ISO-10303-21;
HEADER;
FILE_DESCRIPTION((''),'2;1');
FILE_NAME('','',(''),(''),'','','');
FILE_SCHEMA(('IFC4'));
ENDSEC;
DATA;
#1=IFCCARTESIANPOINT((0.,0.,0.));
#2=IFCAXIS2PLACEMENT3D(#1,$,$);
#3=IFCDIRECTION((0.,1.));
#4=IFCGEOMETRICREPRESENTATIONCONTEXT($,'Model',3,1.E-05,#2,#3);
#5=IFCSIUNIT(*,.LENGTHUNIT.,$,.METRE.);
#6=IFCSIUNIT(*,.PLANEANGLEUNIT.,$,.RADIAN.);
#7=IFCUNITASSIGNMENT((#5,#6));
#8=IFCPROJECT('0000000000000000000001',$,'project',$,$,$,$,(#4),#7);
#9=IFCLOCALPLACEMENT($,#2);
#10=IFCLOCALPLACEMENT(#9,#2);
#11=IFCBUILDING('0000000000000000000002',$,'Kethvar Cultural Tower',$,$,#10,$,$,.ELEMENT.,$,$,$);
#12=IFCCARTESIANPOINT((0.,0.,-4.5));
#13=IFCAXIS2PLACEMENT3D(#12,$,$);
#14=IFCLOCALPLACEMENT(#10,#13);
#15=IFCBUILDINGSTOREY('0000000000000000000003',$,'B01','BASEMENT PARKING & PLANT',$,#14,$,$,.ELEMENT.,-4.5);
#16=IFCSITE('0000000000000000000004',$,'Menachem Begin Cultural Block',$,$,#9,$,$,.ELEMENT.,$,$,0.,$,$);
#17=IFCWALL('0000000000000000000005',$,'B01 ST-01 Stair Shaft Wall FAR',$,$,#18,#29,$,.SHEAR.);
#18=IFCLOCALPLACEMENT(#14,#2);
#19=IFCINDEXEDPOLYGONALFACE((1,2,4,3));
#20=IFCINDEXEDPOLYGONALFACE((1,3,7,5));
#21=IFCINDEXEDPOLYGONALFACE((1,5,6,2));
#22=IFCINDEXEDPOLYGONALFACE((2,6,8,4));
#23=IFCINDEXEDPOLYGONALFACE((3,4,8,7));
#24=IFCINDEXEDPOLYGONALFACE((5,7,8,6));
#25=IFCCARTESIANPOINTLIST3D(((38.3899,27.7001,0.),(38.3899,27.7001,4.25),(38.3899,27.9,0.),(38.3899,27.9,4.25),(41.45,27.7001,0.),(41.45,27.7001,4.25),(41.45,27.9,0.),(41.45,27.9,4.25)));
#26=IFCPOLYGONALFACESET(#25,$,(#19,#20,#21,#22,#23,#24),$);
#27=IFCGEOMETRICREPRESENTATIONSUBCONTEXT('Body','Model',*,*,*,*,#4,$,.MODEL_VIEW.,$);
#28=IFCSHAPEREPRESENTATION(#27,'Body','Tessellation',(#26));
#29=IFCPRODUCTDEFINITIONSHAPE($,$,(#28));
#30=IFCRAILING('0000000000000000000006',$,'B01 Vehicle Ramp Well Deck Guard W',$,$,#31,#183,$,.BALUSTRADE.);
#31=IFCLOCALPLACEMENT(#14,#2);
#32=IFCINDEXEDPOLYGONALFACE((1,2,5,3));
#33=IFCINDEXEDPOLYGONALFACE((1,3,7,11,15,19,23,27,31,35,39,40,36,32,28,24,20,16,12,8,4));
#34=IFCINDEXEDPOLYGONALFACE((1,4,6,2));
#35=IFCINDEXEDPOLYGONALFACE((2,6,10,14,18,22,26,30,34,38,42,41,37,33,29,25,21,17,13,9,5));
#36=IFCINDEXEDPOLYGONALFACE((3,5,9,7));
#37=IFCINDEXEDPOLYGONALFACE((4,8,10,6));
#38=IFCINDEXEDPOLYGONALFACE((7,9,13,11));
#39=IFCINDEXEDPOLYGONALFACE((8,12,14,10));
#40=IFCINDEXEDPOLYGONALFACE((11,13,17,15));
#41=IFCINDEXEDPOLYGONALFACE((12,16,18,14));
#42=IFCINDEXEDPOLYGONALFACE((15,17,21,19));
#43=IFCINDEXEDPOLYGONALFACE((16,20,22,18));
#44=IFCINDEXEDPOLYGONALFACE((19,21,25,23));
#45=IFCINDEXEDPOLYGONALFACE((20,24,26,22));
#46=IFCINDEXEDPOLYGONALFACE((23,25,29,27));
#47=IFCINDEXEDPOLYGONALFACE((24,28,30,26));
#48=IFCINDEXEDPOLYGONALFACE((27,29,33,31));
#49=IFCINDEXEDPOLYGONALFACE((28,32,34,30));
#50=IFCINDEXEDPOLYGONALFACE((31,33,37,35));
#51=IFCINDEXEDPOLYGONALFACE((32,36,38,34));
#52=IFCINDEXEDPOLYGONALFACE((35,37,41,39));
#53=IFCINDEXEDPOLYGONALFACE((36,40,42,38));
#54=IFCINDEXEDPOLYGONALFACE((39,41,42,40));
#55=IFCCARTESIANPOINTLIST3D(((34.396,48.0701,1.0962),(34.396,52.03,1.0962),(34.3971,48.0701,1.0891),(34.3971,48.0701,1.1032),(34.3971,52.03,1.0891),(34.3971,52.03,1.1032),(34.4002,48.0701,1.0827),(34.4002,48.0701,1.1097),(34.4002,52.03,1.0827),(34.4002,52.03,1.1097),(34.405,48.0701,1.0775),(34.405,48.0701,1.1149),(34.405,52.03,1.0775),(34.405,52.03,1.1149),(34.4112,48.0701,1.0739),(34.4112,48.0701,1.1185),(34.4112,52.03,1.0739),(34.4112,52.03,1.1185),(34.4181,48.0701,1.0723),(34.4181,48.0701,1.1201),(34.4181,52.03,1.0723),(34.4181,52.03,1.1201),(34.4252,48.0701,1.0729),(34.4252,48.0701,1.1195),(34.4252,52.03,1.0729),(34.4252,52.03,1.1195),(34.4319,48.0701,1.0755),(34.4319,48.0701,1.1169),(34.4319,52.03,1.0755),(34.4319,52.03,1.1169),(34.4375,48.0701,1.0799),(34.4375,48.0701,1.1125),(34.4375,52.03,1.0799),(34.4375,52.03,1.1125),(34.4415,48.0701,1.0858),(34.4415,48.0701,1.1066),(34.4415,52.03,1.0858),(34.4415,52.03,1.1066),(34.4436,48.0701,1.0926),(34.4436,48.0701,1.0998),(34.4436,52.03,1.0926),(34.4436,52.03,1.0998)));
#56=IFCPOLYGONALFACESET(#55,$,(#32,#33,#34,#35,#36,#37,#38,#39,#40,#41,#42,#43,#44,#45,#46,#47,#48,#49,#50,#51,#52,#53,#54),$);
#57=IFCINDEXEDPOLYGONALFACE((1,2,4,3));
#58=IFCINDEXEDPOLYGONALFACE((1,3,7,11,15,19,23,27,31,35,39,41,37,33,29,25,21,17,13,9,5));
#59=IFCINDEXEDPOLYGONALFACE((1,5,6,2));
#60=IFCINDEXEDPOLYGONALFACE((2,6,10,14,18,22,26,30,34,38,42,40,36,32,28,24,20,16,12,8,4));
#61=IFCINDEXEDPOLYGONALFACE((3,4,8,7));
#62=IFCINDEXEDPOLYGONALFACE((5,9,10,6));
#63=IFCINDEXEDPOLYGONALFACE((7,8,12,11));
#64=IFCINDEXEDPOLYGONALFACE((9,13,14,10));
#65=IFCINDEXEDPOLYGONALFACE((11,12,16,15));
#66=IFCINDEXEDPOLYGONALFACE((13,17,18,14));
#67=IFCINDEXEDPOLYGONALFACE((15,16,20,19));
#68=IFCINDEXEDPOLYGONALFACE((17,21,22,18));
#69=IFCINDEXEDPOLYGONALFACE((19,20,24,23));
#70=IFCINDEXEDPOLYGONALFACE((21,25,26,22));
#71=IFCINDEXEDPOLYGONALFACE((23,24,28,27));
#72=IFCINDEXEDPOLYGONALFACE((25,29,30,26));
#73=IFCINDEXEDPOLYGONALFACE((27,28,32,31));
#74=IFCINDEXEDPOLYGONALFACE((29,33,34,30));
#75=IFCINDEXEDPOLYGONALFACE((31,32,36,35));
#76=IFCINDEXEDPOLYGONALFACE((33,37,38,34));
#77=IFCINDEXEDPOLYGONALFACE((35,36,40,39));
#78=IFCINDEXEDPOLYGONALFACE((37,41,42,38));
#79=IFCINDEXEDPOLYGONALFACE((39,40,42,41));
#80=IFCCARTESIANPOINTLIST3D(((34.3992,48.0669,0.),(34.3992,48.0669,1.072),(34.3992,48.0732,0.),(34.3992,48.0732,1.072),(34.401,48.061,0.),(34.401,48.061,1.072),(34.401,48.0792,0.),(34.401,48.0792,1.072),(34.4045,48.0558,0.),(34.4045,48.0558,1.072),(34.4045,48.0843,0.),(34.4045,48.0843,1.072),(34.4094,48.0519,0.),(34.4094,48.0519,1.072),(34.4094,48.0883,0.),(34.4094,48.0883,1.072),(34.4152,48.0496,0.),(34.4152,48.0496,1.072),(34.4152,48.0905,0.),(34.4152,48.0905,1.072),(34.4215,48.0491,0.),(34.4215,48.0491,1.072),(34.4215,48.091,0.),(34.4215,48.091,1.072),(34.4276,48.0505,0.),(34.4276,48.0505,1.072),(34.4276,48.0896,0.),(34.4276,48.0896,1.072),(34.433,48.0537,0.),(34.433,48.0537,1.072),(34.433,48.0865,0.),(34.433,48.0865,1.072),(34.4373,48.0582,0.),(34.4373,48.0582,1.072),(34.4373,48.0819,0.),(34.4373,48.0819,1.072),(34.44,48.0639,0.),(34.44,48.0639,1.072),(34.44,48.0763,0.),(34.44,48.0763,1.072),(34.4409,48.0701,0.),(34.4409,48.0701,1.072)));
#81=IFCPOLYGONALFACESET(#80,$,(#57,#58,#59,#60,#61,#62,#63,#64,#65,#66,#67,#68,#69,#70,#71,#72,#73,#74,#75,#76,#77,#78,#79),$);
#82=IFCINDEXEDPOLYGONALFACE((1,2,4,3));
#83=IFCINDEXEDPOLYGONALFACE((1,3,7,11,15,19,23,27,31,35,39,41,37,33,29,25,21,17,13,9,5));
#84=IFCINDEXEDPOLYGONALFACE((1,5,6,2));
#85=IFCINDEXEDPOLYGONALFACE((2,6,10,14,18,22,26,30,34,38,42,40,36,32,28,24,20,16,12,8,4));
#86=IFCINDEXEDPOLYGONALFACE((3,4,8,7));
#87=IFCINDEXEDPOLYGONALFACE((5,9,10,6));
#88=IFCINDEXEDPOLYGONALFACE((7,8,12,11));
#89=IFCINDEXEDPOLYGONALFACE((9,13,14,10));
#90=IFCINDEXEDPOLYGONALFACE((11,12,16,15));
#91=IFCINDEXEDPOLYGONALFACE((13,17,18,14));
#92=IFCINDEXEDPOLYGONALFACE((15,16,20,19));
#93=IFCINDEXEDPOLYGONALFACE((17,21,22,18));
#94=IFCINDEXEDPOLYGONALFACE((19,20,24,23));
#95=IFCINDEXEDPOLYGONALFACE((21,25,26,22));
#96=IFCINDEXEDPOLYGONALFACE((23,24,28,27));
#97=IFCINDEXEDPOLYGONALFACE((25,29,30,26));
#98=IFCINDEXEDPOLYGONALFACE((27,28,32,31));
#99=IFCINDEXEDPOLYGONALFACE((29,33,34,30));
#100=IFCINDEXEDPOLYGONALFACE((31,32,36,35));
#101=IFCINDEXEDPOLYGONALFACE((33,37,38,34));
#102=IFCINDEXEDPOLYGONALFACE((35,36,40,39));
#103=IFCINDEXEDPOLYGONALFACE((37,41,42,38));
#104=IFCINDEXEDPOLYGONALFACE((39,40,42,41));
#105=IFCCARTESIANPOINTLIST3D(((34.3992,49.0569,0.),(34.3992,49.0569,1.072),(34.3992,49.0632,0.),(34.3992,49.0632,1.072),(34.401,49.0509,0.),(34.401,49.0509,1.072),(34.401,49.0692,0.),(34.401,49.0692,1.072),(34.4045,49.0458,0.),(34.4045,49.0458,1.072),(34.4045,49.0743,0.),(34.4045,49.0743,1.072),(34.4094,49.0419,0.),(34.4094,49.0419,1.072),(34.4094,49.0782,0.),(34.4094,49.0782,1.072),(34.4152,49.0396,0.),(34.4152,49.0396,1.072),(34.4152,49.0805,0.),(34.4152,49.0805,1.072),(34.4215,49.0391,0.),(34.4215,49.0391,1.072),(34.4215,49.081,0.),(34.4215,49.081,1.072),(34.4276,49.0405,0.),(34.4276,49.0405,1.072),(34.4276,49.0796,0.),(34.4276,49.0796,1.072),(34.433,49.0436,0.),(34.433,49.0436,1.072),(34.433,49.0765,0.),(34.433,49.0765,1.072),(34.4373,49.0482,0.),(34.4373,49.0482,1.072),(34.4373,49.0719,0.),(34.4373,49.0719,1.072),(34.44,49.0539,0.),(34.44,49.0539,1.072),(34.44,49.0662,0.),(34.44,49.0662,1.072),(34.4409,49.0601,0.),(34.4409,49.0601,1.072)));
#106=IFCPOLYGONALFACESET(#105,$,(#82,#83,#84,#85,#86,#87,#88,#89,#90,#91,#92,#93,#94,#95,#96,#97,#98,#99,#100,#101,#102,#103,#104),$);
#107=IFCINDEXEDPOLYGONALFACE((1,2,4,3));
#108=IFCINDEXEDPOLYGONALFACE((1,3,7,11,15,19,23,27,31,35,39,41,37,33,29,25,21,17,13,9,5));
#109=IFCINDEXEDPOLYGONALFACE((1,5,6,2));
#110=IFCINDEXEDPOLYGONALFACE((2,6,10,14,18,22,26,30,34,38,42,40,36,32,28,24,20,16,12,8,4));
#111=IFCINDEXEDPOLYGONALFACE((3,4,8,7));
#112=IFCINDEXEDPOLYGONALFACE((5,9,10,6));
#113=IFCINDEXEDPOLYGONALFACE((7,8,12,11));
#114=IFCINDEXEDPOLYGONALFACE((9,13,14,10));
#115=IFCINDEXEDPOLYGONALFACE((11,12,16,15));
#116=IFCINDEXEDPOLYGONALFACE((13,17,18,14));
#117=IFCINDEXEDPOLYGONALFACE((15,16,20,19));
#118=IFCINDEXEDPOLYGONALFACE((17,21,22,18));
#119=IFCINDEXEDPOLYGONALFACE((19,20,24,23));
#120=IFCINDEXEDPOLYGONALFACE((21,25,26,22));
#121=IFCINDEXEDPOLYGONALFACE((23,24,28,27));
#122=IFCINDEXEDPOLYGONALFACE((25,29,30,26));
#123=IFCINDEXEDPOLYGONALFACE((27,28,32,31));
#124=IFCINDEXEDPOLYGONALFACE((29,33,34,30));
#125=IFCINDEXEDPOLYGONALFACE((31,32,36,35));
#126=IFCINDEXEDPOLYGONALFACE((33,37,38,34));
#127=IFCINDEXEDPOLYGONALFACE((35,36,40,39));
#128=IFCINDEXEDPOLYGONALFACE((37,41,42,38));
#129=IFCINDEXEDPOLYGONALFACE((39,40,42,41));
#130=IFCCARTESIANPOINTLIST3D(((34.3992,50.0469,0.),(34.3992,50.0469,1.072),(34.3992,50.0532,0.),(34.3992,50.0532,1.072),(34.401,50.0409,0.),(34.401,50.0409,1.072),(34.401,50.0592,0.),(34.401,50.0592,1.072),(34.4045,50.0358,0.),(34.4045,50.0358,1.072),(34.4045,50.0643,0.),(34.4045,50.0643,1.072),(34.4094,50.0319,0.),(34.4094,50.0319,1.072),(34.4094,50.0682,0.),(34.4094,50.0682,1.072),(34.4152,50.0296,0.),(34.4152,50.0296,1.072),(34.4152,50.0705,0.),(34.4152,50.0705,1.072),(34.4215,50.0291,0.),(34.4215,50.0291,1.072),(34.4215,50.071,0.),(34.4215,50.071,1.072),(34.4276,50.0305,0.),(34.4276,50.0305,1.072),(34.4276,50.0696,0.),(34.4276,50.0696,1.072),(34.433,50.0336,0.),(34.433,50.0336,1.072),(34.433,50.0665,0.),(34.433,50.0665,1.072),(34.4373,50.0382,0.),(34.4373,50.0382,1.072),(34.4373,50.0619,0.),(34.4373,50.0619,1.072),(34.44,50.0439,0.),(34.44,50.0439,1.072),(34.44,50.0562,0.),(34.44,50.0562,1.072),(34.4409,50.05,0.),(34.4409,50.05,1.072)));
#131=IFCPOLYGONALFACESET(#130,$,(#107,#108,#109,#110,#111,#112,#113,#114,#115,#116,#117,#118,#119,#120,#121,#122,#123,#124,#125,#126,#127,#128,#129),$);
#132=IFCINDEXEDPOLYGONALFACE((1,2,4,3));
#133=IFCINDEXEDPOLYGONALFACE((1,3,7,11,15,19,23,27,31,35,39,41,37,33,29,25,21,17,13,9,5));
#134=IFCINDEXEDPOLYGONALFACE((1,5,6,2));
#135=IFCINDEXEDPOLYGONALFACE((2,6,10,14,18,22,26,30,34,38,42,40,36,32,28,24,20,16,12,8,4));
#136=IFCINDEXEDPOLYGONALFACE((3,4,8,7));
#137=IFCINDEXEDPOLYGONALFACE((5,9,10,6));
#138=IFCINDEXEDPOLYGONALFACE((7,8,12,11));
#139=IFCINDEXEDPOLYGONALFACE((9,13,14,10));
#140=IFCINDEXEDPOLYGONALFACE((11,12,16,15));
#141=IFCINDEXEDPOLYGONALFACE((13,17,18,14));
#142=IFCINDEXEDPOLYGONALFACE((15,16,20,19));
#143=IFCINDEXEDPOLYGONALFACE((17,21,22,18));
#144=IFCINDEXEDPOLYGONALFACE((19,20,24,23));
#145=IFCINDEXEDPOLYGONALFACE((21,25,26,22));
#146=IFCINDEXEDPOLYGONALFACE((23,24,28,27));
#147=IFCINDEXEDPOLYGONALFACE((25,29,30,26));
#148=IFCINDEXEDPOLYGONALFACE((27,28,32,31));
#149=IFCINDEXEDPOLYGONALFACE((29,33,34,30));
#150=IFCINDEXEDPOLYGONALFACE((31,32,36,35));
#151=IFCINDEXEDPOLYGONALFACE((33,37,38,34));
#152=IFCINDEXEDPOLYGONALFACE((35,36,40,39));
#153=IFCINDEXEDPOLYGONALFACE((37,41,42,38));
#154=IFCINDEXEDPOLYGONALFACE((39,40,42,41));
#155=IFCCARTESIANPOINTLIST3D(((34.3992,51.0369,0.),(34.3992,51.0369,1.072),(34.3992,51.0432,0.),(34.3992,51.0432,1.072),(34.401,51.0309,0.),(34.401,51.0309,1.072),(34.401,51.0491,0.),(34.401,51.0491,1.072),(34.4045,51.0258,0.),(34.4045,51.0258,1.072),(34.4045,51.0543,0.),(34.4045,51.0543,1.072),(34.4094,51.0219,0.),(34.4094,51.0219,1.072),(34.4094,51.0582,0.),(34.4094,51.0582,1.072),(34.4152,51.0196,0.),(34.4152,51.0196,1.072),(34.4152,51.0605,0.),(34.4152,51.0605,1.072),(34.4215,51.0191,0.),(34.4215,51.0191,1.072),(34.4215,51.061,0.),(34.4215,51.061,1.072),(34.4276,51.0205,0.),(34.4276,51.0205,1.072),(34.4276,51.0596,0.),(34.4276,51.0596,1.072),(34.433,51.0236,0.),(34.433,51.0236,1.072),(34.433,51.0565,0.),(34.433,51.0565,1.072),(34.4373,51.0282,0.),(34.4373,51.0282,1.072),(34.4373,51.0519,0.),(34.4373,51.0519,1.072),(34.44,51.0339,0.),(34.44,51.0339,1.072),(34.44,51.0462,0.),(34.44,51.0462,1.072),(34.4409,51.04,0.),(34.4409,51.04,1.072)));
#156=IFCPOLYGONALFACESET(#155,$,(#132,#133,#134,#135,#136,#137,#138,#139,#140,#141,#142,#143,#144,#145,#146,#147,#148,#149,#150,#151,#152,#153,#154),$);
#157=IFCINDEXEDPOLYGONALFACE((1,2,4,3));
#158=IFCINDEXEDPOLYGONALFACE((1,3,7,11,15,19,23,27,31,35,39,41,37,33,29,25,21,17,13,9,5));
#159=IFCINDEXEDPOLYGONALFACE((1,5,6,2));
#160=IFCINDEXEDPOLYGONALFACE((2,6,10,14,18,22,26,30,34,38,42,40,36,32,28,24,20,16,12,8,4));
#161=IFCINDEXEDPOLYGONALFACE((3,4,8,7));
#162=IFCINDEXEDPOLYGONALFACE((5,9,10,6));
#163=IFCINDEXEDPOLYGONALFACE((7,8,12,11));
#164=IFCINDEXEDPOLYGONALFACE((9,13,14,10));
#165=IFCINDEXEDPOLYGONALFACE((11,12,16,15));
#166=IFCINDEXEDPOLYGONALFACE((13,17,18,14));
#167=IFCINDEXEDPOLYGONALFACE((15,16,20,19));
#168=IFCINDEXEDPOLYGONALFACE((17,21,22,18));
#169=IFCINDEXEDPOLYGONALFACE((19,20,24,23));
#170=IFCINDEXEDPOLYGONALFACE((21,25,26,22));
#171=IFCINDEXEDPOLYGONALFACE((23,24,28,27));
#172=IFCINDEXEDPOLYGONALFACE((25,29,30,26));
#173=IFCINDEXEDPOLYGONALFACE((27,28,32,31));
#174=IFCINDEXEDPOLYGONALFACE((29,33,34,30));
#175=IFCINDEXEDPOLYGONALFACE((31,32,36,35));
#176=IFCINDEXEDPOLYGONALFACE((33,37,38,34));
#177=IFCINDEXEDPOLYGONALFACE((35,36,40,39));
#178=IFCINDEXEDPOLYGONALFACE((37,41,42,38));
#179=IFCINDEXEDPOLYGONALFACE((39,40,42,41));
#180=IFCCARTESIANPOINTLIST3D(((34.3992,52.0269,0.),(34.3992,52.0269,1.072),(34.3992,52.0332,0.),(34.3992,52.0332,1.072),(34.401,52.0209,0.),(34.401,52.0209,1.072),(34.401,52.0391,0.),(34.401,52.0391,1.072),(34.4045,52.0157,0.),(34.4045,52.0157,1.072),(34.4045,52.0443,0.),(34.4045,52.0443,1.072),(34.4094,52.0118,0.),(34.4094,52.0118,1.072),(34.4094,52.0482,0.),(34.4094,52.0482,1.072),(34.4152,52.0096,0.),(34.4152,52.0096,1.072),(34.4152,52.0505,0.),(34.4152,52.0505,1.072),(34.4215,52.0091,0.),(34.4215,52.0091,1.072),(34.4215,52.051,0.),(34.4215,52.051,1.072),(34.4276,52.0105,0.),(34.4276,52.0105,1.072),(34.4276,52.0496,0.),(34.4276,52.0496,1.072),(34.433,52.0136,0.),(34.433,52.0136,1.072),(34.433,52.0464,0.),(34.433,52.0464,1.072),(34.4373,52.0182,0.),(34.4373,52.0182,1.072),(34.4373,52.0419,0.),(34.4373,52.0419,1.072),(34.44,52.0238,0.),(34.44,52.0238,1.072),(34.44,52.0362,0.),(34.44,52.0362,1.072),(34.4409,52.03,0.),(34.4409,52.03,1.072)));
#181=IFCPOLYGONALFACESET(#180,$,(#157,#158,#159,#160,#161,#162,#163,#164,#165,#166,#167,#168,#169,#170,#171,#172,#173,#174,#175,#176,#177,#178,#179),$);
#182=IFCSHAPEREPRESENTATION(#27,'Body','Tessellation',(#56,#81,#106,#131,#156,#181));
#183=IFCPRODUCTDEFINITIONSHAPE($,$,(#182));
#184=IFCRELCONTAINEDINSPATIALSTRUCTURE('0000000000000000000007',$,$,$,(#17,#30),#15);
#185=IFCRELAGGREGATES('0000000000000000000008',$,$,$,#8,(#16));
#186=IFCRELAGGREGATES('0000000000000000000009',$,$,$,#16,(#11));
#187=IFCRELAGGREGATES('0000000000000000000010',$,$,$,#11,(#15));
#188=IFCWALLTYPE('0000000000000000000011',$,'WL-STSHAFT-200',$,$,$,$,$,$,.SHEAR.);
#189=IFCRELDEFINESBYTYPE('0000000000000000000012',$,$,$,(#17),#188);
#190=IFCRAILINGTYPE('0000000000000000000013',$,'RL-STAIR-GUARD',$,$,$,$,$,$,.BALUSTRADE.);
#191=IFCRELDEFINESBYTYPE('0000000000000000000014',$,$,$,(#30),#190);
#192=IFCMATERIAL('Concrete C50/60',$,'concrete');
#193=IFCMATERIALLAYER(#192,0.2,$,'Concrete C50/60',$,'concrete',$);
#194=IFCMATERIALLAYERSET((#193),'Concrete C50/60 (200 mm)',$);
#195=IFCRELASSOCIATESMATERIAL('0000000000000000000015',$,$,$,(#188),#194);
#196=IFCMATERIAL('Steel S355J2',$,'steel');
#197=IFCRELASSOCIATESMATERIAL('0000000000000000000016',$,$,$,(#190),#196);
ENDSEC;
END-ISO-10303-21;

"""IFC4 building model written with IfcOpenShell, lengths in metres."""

from ifc_helpers import new_model, si_unit, direction, frame, frame_2d, origin, origin_2d, place, context, subcontext, project, spatial, rectangle, circle, extrude, material, layer, layer_set, type_object, element, save


model = new_model("IFC4")

# Units and contexts
model_context = context("Model", 3, precision=1e-05, world=origin(), true_north=direction((0.0, 1.0)))
body_context = subcontext(model_context, "Body", "Model", "MODEL_VIEW")
ifc_project = project(units=[si_unit("LENGTHUNIT", "METRE"), si_unit("PLANEANGLEUNIT", "RADIAN")], contexts=[model_context])

# Site, building, storey
site_placement = place(None, origin())
site = spatial("IfcSite", under=ifc_project, at=site_placement, Name="Menachem Begin Cultural Block", CompositionType="ELEMENT", RefElevation=0.0)
building_placement = place(site_placement, origin())
building = spatial("IfcBuilding", under=site, at=building_placement, Name="Kethvar Cultural Tower", CompositionType="ELEMENT")
storey_placement = place(building_placement, frame((0.0, 0.0, -4.5)))
storey = spatial("IfcBuildingStorey", under=building, at=storey_placement, Name="B01", Description="BASEMENT PARKING & PLANT", CompositionType="ELEMENT", Elevation=-4.5)

# Shared definitions
ifc_material_1 = material(Name="Steel S355J2", Category="steel")

# Wall
ifc_material_2 = material(Name="Concrete C50/60", Category="concrete")
ifc_layer_1 = layer(ifc_material_2, 0.2, Name="Concrete C50/60", Category="concrete")
ifc_layer_set_1 = layer_set([ifc_layer_1], Name="Concrete C50/60 (200 mm)")
wall_type_1 = type_object("IfcWallType", Name="WL-STSHAFT-200", PredefinedType="SHEAR", material=ifc_layer_set_1)
wall_1_placement = place(storey_placement, frame((38.3899, 27.8, 0.0), z_axis=(0.0, 0.0, 1.0), x_axis=(1.0, 0.0, 0.0)))
element("IfcWall", 1, at=wall_1_placement, inside=storey, type_object=wall_type_1, Name="B01 ST-01 Stair Shaft Wall FAR", PredefinedType="SHEAR", context=body_context, shape_type="SweptSolid", body=[
    extrude(rectangle(XDim=3.0601, YDim=0.2, at=frame_2d((1.53, 0.0))), origin(), (0.0, 0.0, 1.0), 4.25),
])

# Railing
railing_type = type_object("IfcRailingType", Name="RL-STAIR-GUARD", PredefinedType="BALUSTRADE", material=ifc_material_1)
railing_1_placement = place(storey_placement, frame((34.4199, 48.0701, 0.0)))
element("IfcRailing", 2, at=railing_1_placement, inside=storey, type_object=railing_type, Name="B01 Vehicle Ramp Well Deck Guard W", PredefinedType="BALUSTRADE", context=body_context, shape_type="SweptSolid", body=[
    extrude(circle(Radius=0.0239, at=origin_2d()), frame((0.0, 0.0, 1.0962), z_axis=(0.0, 1.0, 0.0), x_axis=(-1.0, 0.0, 0.0)), (0.0, 0.0, 1.0), 3.96),
    extrude(circle(Radius=0.021, at=origin_2d()), origin(), (0.0, 0.0, 1.0), 1.072),
    extrude(circle(Radius=0.021, at=origin_2d()), frame((0.0, 0.99, 0.0)), (0.0, 0.0, 1.0), 1.072),
    extrude(circle(Radius=0.021, at=origin_2d()), frame((0.0, 1.98, 0.0)), (0.0, 0.0, 1.0), 1.072),
    extrude(circle(Radius=0.021, at=origin_2d()), frame((0.0, 2.97, 0.0)), (0.0, 0.0, 1.0), 1.072),
    extrude(circle(Radius=0.021, at=origin_2d()), frame((0.0, 3.96, 0.0)), (0.0, 0.0, 1.0), 1.072),
])

save(model, "model.ifc")
